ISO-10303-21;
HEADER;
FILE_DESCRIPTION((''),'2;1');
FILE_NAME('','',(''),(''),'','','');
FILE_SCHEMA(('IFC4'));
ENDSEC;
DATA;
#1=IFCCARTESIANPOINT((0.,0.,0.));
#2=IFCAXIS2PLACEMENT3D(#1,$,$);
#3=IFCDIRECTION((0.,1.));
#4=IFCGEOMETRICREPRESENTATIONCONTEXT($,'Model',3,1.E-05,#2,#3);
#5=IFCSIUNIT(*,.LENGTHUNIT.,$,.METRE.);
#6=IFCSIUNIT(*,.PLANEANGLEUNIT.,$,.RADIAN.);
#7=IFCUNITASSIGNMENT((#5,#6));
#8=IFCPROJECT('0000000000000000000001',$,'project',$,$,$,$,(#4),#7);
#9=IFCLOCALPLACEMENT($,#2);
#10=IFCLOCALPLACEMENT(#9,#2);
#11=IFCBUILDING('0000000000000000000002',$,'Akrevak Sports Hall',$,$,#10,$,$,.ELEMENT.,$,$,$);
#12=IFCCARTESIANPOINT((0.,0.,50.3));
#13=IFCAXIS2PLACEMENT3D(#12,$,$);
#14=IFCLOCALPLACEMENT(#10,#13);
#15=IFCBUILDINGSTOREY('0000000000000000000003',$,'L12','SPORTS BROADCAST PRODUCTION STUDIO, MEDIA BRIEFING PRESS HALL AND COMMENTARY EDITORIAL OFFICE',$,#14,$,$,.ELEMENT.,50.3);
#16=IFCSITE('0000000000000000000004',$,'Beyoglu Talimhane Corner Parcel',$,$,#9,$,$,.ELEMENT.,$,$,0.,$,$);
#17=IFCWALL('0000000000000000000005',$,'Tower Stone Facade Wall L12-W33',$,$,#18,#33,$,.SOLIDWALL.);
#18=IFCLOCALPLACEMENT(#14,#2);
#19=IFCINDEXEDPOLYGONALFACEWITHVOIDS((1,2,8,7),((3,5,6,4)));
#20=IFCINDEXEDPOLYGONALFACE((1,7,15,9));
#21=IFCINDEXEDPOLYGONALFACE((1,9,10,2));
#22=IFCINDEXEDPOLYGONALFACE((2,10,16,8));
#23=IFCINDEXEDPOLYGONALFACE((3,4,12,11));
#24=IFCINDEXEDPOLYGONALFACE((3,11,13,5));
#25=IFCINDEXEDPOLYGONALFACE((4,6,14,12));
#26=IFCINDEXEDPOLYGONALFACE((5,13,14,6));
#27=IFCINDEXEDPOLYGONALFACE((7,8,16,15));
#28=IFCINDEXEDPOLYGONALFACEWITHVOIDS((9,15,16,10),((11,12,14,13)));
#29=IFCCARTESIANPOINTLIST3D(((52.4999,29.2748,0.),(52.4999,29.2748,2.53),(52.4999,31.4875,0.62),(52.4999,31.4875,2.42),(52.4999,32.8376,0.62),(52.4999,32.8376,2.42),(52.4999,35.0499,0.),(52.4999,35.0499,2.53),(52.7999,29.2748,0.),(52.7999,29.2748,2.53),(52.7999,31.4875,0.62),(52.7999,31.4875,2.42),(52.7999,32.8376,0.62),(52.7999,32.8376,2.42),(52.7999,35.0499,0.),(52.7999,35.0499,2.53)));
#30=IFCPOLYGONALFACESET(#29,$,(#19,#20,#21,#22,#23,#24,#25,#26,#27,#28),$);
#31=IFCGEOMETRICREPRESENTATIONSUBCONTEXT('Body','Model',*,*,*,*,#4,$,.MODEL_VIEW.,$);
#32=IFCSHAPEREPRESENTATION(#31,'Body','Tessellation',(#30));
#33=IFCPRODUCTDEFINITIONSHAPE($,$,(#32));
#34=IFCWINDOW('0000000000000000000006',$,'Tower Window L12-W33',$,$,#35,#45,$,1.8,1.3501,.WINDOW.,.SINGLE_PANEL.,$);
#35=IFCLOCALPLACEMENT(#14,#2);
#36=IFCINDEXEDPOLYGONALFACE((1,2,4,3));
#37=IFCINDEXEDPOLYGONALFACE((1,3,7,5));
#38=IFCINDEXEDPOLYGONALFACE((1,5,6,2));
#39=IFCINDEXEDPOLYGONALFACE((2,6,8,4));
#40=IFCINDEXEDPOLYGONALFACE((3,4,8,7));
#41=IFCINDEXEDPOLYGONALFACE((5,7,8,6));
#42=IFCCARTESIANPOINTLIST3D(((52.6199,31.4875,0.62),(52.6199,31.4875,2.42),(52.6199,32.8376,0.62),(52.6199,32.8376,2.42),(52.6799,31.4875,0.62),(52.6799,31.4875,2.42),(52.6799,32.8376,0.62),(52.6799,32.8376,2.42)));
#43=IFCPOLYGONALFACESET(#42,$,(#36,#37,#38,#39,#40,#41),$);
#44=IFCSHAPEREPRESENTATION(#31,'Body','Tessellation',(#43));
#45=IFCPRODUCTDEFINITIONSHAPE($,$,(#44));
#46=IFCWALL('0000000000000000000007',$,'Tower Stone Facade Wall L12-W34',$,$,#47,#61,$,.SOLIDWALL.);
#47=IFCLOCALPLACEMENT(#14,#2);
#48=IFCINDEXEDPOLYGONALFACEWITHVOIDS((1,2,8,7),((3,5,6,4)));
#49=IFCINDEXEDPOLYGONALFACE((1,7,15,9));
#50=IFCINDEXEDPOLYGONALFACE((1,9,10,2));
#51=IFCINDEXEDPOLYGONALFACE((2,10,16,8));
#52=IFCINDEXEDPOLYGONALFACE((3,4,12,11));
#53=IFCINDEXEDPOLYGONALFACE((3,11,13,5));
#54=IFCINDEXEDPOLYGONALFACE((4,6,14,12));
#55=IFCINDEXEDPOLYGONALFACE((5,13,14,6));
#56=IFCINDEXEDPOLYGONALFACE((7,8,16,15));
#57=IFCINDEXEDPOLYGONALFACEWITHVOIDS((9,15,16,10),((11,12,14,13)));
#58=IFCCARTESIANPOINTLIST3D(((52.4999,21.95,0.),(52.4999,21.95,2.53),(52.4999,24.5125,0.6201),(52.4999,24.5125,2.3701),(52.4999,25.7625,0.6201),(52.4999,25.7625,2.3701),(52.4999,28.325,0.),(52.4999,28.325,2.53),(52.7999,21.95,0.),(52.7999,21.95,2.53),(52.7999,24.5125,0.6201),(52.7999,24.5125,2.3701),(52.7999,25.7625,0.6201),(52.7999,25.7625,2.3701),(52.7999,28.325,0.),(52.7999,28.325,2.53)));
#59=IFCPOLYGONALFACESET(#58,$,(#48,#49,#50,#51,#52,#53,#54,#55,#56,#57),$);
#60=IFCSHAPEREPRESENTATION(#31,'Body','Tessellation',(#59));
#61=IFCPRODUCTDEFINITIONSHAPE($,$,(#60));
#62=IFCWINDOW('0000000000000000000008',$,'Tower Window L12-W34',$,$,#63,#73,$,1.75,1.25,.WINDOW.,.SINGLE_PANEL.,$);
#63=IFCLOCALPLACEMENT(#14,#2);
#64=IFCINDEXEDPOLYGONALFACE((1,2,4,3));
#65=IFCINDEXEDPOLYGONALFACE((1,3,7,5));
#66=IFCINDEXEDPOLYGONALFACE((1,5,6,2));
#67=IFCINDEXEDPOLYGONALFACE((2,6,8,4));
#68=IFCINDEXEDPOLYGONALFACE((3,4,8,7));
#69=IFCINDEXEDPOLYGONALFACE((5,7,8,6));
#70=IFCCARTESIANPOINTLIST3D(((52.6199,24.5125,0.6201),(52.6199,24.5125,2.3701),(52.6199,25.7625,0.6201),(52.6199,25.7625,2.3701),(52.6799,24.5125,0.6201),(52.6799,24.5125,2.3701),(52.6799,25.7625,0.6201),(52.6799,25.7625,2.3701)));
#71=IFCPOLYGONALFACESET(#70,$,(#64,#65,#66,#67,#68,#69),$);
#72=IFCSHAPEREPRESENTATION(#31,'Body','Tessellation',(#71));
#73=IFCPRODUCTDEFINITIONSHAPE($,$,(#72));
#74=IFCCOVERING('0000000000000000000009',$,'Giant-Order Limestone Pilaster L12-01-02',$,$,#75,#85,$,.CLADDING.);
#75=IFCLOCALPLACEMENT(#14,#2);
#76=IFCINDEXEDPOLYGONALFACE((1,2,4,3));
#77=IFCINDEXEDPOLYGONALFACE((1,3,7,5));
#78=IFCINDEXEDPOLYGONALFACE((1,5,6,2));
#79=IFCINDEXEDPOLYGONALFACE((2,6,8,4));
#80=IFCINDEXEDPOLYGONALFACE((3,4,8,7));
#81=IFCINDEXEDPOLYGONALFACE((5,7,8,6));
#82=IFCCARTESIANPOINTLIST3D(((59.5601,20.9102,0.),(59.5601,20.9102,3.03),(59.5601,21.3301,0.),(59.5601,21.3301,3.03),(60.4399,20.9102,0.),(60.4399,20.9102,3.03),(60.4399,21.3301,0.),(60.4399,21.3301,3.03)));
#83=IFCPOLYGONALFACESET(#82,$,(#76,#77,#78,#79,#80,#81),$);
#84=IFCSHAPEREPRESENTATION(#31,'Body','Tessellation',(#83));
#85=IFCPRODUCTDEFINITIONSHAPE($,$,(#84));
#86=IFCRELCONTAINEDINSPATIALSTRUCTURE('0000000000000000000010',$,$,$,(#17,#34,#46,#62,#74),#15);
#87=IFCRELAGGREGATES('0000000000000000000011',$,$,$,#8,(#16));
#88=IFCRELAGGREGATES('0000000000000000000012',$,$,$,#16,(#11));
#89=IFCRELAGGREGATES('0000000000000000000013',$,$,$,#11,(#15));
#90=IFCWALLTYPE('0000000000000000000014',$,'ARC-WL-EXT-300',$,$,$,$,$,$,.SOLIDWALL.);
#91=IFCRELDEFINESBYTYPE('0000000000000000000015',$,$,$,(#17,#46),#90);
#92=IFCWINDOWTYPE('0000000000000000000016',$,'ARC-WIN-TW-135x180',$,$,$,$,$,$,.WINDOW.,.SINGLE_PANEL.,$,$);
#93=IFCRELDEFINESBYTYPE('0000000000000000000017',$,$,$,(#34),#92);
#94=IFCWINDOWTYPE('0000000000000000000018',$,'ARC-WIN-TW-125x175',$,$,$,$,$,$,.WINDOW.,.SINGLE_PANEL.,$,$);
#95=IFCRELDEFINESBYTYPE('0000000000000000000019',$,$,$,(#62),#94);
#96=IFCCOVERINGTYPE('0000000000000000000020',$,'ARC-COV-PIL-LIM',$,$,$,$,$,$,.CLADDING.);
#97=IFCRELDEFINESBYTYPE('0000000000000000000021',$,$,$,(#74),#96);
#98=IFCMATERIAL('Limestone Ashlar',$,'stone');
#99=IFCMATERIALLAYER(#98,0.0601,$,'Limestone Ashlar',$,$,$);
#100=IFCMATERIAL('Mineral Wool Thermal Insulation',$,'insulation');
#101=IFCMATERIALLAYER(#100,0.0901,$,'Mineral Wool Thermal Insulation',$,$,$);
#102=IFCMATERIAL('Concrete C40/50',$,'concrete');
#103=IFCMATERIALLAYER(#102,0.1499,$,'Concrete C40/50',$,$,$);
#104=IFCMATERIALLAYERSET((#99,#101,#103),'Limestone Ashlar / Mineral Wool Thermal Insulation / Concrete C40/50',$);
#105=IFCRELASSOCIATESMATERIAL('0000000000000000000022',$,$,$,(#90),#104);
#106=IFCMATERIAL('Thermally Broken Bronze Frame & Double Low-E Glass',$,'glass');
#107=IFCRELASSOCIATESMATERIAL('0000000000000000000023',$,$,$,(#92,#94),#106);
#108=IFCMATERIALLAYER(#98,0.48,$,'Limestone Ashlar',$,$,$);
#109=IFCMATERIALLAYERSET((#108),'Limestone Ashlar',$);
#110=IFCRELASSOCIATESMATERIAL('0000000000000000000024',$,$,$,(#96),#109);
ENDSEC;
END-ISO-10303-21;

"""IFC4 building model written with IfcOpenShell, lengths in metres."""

from ifc_helpers import new_model, si_unit, direction, frame, frame_2d, origin, origin_2d, place, context, subcontext, project, spatial, rectangle, extrude, material, layer, layer_set, type_object, element, fill, save


model = new_model("IFC4")

# Units and contexts
model_context = context("Model", 3, precision=1e-05, world=origin(), true_north=direction((0.0, 1.0)))
body_context = subcontext(model_context, "Body", "Model", "MODEL_VIEW")
ifc_project = project(units=[si_unit("LENGTHUNIT", "METRE"), si_unit("PLANEANGLEUNIT", "RADIAN")], contexts=[model_context])

# Site, building, storey
site_placement = place(None, origin())
site = spatial("IfcSite", under=ifc_project, at=site_placement, Name="Beyoglu Talimhane Corner Parcel", CompositionType="ELEMENT", RefElevation=0.0)
building_placement = place(site_placement, origin())
building = spatial("IfcBuilding", under=site, at=building_placement, Name="Akrevak Sports Hall", CompositionType="ELEMENT")
storey_placement = place(building_placement, frame((0.0, 0.0, 50.3)))
storey = spatial("IfcBuildingStorey", under=building, at=storey_placement, Name="L12", Description="SPORTS BROADCAST PRODUCTION STUDIO, MEDIA BRIEFING PRESS HALL AND COMMENTARY EDITORIAL OFFICE", CompositionType="ELEMENT", Elevation=50.3)

# Shared definitions
ifc_material_1 = material(Name="Concrete C40/50", Category="concrete")

# Walls, openings, windows
ifc_material_2 = material(Name="Limestone Ashlar", Category="stone")
ifc_layer_1 = layer(ifc_material_2, 0.0601, Name="Limestone Ashlar")
ifc_material_3 = material(Name="Mineral Wool Thermal Insulation", Category="insulation")
ifc_layer_2 = layer(ifc_material_3, 0.0901, Name="Mineral Wool Thermal Insulation")
ifc_layer_3 = layer(ifc_material_1, 0.1499, Name="Concrete C40/50")
ifc_layer_set_1 = layer_set([ifc_layer_1, ifc_layer_2, ifc_layer_3], Name="Limestone Ashlar / Mineral Wool Thermal Insulation / Concrete C40/50")
wall_type = type_object("IfcWallType", Name="ARC-WL-EXT-300", PredefinedType="SOLIDWALL", material=ifc_layer_set_1)
ifc_material_4 = material(Name="Thermally Broken Bronze Frame & Double Low-E Glass", Category="glass")
wall_1_placement = place(storey_placement, frame((52.6499, 35.05, 0.0), z_axis=(0.0, 0.0, 1.0), x_axis=(0.0, -1.0, 0.0)))
wall_1 = element("IfcWall", 1, at=wall_1_placement, inside=storey, type_object=wall_type, Name="Tower Stone Facade Wall L12-W33", PredefinedType="SOLIDWALL", context=body_context, shape_type="SweptSolid", body=[
    extrude(rectangle(XDim=5.7751, YDim=0.3, at=frame_2d((2.8877, 0.0))), origin(), (0.0, 0.0, 1.0), 2.53),
])
opening_1_placement = place(wall_1_placement, frame((2.2124, 0.0, 0.6201)))
opening_1 = element("IfcOpeningElement", 2, at=opening_1_placement, cuts=wall_1, PredefinedType="OPENING", context=body_context, shape_type="SweptSolid", body=[
    extrude(rectangle(XDim=1.3501, YDim=1.8, at=frame_2d((0.675, 0.8999))), frame((0.0, 0.1621, 0.0), z_axis=(0.0, -1.0, 0.0), x_axis=(1.0, 0.0, 0.0)), (0.0, 0.0, 1.0), 0.324),
])
window_type_1 = type_object("IfcWindowType", Name="ARC-WIN-TW-135x180", PartitioningType="SINGLE_PANEL", PredefinedType="WINDOW", material=ifc_material_4)
window_1_placement = place(opening_1_placement, origin())
window_1 = element("IfcWindow", 3, at=window_1_placement, inside=storey, type_object=window_type_1, Name="Tower Window L12-W33", OverallHeight=1.8, OverallWidth=1.3501, PartitioningType="SINGLE_PANEL", PredefinedType="WINDOW", context=body_context, shape_type="SweptSolid", body=[
    extrude(rectangle(XDim=1.3501, YDim=1.8, at=frame_2d((0.675, 0.8999))), frame((0.0, 0.03, 0.0), z_axis=(0.0, -1.0, 0.0), x_axis=(1.0, 0.0, 0.0)), (0.0, 0.0, 1.0), 0.0601),
])
fill(opening_1, window_1)
wall_2_placement = place(storey_placement, frame((52.6499, 28.325, 0.0), z_axis=(0.0, 0.0, 1.0), x_axis=(0.0, -1.0, 0.0)))
wall_2 = element("IfcWall", 4, at=wall_2_placement, inside=storey, type_object=wall_type, Name="Tower Stone Facade Wall L12-W34", PredefinedType="SOLIDWALL", context=body_context, shape_type="SweptSolid", body=[
    extrude(rectangle(XDim=6.375, YDim=0.3, at=frame_2d((3.1875, 0.0))), origin(), (0.0, 0.0, 1.0), 2.53),
])
opening_2_placement = place(wall_2_placement, frame((2.5625, 0.0, 0.6201)))
opening_2 = element("IfcOpeningElement", 5, at=opening_2_placement, cuts=wall_2, PredefinedType="OPENING", context=body_context, shape_type="SweptSolid", body=[
    extrude(rectangle(XDim=1.25, YDim=1.75, at=frame_2d((0.625, 0.875))), frame((0.0, 0.1621, 0.0), z_axis=(0.0, -1.0, 0.0), x_axis=(1.0, 0.0, 0.0)), (0.0, 0.0, 1.0), 0.324),
])
window_type_2 = type_object("IfcWindowType", Name="ARC-WIN-TW-125x175", PartitioningType="SINGLE_PANEL", PredefinedType="WINDOW", material=ifc_material_4)
window_2_placement = place(opening_2_placement, origin())
window_2 = element("IfcWindow", 6, at=window_2_placement, inside=storey, type_object=window_type_2, Name="Tower Window L12-W34", OverallHeight=1.75, OverallWidth=1.25, PartitioningType="SINGLE_PANEL", PredefinedType="WINDOW", context=body_context, shape_type="SweptSolid", body=[
    extrude(rectangle(XDim=1.25, YDim=1.75, at=frame_2d((0.625, 0.875))), frame((0.0, 0.03, 0.0), z_axis=(0.0, -1.0, 0.0), x_axis=(1.0, 0.0, 0.0)), (0.0, 0.0, 1.0), 0.0601),
])
fill(opening_2, window_2)

# Covering
ifc_layer_4 = layer(ifc_material_2, 0.48, Name="Limestone Ashlar")
ifc_layer_set_2 = layer_set([ifc_layer_4], Name="Limestone Ashlar")
covering_type = type_object("IfcCoveringType", Name="ARC-COV-PIL-LIM", PredefinedType="CLADDING", material=ifc_layer_set_2)
covering_placement = place(storey_placement, frame((60.0, 21.1201, 0.0), z_axis=(0.0, 0.0, 1.0), x_axis=(1.0, 0.0, 0.0)))
element("IfcCovering", 7, at=covering_placement, inside=storey, type_object=covering_type, Name="Giant-Order Limestone Pilaster L12-01-02", PredefinedType="CLADDING", context=body_context, shape_type="SweptSolid", body=[
    extrude(rectangle(XDim=0.8799, YDim=0.4199, at=origin_2d()), origin(), (0.0, 0.0, 1.0), 3.03),
])

save(model, "model.ifc")
